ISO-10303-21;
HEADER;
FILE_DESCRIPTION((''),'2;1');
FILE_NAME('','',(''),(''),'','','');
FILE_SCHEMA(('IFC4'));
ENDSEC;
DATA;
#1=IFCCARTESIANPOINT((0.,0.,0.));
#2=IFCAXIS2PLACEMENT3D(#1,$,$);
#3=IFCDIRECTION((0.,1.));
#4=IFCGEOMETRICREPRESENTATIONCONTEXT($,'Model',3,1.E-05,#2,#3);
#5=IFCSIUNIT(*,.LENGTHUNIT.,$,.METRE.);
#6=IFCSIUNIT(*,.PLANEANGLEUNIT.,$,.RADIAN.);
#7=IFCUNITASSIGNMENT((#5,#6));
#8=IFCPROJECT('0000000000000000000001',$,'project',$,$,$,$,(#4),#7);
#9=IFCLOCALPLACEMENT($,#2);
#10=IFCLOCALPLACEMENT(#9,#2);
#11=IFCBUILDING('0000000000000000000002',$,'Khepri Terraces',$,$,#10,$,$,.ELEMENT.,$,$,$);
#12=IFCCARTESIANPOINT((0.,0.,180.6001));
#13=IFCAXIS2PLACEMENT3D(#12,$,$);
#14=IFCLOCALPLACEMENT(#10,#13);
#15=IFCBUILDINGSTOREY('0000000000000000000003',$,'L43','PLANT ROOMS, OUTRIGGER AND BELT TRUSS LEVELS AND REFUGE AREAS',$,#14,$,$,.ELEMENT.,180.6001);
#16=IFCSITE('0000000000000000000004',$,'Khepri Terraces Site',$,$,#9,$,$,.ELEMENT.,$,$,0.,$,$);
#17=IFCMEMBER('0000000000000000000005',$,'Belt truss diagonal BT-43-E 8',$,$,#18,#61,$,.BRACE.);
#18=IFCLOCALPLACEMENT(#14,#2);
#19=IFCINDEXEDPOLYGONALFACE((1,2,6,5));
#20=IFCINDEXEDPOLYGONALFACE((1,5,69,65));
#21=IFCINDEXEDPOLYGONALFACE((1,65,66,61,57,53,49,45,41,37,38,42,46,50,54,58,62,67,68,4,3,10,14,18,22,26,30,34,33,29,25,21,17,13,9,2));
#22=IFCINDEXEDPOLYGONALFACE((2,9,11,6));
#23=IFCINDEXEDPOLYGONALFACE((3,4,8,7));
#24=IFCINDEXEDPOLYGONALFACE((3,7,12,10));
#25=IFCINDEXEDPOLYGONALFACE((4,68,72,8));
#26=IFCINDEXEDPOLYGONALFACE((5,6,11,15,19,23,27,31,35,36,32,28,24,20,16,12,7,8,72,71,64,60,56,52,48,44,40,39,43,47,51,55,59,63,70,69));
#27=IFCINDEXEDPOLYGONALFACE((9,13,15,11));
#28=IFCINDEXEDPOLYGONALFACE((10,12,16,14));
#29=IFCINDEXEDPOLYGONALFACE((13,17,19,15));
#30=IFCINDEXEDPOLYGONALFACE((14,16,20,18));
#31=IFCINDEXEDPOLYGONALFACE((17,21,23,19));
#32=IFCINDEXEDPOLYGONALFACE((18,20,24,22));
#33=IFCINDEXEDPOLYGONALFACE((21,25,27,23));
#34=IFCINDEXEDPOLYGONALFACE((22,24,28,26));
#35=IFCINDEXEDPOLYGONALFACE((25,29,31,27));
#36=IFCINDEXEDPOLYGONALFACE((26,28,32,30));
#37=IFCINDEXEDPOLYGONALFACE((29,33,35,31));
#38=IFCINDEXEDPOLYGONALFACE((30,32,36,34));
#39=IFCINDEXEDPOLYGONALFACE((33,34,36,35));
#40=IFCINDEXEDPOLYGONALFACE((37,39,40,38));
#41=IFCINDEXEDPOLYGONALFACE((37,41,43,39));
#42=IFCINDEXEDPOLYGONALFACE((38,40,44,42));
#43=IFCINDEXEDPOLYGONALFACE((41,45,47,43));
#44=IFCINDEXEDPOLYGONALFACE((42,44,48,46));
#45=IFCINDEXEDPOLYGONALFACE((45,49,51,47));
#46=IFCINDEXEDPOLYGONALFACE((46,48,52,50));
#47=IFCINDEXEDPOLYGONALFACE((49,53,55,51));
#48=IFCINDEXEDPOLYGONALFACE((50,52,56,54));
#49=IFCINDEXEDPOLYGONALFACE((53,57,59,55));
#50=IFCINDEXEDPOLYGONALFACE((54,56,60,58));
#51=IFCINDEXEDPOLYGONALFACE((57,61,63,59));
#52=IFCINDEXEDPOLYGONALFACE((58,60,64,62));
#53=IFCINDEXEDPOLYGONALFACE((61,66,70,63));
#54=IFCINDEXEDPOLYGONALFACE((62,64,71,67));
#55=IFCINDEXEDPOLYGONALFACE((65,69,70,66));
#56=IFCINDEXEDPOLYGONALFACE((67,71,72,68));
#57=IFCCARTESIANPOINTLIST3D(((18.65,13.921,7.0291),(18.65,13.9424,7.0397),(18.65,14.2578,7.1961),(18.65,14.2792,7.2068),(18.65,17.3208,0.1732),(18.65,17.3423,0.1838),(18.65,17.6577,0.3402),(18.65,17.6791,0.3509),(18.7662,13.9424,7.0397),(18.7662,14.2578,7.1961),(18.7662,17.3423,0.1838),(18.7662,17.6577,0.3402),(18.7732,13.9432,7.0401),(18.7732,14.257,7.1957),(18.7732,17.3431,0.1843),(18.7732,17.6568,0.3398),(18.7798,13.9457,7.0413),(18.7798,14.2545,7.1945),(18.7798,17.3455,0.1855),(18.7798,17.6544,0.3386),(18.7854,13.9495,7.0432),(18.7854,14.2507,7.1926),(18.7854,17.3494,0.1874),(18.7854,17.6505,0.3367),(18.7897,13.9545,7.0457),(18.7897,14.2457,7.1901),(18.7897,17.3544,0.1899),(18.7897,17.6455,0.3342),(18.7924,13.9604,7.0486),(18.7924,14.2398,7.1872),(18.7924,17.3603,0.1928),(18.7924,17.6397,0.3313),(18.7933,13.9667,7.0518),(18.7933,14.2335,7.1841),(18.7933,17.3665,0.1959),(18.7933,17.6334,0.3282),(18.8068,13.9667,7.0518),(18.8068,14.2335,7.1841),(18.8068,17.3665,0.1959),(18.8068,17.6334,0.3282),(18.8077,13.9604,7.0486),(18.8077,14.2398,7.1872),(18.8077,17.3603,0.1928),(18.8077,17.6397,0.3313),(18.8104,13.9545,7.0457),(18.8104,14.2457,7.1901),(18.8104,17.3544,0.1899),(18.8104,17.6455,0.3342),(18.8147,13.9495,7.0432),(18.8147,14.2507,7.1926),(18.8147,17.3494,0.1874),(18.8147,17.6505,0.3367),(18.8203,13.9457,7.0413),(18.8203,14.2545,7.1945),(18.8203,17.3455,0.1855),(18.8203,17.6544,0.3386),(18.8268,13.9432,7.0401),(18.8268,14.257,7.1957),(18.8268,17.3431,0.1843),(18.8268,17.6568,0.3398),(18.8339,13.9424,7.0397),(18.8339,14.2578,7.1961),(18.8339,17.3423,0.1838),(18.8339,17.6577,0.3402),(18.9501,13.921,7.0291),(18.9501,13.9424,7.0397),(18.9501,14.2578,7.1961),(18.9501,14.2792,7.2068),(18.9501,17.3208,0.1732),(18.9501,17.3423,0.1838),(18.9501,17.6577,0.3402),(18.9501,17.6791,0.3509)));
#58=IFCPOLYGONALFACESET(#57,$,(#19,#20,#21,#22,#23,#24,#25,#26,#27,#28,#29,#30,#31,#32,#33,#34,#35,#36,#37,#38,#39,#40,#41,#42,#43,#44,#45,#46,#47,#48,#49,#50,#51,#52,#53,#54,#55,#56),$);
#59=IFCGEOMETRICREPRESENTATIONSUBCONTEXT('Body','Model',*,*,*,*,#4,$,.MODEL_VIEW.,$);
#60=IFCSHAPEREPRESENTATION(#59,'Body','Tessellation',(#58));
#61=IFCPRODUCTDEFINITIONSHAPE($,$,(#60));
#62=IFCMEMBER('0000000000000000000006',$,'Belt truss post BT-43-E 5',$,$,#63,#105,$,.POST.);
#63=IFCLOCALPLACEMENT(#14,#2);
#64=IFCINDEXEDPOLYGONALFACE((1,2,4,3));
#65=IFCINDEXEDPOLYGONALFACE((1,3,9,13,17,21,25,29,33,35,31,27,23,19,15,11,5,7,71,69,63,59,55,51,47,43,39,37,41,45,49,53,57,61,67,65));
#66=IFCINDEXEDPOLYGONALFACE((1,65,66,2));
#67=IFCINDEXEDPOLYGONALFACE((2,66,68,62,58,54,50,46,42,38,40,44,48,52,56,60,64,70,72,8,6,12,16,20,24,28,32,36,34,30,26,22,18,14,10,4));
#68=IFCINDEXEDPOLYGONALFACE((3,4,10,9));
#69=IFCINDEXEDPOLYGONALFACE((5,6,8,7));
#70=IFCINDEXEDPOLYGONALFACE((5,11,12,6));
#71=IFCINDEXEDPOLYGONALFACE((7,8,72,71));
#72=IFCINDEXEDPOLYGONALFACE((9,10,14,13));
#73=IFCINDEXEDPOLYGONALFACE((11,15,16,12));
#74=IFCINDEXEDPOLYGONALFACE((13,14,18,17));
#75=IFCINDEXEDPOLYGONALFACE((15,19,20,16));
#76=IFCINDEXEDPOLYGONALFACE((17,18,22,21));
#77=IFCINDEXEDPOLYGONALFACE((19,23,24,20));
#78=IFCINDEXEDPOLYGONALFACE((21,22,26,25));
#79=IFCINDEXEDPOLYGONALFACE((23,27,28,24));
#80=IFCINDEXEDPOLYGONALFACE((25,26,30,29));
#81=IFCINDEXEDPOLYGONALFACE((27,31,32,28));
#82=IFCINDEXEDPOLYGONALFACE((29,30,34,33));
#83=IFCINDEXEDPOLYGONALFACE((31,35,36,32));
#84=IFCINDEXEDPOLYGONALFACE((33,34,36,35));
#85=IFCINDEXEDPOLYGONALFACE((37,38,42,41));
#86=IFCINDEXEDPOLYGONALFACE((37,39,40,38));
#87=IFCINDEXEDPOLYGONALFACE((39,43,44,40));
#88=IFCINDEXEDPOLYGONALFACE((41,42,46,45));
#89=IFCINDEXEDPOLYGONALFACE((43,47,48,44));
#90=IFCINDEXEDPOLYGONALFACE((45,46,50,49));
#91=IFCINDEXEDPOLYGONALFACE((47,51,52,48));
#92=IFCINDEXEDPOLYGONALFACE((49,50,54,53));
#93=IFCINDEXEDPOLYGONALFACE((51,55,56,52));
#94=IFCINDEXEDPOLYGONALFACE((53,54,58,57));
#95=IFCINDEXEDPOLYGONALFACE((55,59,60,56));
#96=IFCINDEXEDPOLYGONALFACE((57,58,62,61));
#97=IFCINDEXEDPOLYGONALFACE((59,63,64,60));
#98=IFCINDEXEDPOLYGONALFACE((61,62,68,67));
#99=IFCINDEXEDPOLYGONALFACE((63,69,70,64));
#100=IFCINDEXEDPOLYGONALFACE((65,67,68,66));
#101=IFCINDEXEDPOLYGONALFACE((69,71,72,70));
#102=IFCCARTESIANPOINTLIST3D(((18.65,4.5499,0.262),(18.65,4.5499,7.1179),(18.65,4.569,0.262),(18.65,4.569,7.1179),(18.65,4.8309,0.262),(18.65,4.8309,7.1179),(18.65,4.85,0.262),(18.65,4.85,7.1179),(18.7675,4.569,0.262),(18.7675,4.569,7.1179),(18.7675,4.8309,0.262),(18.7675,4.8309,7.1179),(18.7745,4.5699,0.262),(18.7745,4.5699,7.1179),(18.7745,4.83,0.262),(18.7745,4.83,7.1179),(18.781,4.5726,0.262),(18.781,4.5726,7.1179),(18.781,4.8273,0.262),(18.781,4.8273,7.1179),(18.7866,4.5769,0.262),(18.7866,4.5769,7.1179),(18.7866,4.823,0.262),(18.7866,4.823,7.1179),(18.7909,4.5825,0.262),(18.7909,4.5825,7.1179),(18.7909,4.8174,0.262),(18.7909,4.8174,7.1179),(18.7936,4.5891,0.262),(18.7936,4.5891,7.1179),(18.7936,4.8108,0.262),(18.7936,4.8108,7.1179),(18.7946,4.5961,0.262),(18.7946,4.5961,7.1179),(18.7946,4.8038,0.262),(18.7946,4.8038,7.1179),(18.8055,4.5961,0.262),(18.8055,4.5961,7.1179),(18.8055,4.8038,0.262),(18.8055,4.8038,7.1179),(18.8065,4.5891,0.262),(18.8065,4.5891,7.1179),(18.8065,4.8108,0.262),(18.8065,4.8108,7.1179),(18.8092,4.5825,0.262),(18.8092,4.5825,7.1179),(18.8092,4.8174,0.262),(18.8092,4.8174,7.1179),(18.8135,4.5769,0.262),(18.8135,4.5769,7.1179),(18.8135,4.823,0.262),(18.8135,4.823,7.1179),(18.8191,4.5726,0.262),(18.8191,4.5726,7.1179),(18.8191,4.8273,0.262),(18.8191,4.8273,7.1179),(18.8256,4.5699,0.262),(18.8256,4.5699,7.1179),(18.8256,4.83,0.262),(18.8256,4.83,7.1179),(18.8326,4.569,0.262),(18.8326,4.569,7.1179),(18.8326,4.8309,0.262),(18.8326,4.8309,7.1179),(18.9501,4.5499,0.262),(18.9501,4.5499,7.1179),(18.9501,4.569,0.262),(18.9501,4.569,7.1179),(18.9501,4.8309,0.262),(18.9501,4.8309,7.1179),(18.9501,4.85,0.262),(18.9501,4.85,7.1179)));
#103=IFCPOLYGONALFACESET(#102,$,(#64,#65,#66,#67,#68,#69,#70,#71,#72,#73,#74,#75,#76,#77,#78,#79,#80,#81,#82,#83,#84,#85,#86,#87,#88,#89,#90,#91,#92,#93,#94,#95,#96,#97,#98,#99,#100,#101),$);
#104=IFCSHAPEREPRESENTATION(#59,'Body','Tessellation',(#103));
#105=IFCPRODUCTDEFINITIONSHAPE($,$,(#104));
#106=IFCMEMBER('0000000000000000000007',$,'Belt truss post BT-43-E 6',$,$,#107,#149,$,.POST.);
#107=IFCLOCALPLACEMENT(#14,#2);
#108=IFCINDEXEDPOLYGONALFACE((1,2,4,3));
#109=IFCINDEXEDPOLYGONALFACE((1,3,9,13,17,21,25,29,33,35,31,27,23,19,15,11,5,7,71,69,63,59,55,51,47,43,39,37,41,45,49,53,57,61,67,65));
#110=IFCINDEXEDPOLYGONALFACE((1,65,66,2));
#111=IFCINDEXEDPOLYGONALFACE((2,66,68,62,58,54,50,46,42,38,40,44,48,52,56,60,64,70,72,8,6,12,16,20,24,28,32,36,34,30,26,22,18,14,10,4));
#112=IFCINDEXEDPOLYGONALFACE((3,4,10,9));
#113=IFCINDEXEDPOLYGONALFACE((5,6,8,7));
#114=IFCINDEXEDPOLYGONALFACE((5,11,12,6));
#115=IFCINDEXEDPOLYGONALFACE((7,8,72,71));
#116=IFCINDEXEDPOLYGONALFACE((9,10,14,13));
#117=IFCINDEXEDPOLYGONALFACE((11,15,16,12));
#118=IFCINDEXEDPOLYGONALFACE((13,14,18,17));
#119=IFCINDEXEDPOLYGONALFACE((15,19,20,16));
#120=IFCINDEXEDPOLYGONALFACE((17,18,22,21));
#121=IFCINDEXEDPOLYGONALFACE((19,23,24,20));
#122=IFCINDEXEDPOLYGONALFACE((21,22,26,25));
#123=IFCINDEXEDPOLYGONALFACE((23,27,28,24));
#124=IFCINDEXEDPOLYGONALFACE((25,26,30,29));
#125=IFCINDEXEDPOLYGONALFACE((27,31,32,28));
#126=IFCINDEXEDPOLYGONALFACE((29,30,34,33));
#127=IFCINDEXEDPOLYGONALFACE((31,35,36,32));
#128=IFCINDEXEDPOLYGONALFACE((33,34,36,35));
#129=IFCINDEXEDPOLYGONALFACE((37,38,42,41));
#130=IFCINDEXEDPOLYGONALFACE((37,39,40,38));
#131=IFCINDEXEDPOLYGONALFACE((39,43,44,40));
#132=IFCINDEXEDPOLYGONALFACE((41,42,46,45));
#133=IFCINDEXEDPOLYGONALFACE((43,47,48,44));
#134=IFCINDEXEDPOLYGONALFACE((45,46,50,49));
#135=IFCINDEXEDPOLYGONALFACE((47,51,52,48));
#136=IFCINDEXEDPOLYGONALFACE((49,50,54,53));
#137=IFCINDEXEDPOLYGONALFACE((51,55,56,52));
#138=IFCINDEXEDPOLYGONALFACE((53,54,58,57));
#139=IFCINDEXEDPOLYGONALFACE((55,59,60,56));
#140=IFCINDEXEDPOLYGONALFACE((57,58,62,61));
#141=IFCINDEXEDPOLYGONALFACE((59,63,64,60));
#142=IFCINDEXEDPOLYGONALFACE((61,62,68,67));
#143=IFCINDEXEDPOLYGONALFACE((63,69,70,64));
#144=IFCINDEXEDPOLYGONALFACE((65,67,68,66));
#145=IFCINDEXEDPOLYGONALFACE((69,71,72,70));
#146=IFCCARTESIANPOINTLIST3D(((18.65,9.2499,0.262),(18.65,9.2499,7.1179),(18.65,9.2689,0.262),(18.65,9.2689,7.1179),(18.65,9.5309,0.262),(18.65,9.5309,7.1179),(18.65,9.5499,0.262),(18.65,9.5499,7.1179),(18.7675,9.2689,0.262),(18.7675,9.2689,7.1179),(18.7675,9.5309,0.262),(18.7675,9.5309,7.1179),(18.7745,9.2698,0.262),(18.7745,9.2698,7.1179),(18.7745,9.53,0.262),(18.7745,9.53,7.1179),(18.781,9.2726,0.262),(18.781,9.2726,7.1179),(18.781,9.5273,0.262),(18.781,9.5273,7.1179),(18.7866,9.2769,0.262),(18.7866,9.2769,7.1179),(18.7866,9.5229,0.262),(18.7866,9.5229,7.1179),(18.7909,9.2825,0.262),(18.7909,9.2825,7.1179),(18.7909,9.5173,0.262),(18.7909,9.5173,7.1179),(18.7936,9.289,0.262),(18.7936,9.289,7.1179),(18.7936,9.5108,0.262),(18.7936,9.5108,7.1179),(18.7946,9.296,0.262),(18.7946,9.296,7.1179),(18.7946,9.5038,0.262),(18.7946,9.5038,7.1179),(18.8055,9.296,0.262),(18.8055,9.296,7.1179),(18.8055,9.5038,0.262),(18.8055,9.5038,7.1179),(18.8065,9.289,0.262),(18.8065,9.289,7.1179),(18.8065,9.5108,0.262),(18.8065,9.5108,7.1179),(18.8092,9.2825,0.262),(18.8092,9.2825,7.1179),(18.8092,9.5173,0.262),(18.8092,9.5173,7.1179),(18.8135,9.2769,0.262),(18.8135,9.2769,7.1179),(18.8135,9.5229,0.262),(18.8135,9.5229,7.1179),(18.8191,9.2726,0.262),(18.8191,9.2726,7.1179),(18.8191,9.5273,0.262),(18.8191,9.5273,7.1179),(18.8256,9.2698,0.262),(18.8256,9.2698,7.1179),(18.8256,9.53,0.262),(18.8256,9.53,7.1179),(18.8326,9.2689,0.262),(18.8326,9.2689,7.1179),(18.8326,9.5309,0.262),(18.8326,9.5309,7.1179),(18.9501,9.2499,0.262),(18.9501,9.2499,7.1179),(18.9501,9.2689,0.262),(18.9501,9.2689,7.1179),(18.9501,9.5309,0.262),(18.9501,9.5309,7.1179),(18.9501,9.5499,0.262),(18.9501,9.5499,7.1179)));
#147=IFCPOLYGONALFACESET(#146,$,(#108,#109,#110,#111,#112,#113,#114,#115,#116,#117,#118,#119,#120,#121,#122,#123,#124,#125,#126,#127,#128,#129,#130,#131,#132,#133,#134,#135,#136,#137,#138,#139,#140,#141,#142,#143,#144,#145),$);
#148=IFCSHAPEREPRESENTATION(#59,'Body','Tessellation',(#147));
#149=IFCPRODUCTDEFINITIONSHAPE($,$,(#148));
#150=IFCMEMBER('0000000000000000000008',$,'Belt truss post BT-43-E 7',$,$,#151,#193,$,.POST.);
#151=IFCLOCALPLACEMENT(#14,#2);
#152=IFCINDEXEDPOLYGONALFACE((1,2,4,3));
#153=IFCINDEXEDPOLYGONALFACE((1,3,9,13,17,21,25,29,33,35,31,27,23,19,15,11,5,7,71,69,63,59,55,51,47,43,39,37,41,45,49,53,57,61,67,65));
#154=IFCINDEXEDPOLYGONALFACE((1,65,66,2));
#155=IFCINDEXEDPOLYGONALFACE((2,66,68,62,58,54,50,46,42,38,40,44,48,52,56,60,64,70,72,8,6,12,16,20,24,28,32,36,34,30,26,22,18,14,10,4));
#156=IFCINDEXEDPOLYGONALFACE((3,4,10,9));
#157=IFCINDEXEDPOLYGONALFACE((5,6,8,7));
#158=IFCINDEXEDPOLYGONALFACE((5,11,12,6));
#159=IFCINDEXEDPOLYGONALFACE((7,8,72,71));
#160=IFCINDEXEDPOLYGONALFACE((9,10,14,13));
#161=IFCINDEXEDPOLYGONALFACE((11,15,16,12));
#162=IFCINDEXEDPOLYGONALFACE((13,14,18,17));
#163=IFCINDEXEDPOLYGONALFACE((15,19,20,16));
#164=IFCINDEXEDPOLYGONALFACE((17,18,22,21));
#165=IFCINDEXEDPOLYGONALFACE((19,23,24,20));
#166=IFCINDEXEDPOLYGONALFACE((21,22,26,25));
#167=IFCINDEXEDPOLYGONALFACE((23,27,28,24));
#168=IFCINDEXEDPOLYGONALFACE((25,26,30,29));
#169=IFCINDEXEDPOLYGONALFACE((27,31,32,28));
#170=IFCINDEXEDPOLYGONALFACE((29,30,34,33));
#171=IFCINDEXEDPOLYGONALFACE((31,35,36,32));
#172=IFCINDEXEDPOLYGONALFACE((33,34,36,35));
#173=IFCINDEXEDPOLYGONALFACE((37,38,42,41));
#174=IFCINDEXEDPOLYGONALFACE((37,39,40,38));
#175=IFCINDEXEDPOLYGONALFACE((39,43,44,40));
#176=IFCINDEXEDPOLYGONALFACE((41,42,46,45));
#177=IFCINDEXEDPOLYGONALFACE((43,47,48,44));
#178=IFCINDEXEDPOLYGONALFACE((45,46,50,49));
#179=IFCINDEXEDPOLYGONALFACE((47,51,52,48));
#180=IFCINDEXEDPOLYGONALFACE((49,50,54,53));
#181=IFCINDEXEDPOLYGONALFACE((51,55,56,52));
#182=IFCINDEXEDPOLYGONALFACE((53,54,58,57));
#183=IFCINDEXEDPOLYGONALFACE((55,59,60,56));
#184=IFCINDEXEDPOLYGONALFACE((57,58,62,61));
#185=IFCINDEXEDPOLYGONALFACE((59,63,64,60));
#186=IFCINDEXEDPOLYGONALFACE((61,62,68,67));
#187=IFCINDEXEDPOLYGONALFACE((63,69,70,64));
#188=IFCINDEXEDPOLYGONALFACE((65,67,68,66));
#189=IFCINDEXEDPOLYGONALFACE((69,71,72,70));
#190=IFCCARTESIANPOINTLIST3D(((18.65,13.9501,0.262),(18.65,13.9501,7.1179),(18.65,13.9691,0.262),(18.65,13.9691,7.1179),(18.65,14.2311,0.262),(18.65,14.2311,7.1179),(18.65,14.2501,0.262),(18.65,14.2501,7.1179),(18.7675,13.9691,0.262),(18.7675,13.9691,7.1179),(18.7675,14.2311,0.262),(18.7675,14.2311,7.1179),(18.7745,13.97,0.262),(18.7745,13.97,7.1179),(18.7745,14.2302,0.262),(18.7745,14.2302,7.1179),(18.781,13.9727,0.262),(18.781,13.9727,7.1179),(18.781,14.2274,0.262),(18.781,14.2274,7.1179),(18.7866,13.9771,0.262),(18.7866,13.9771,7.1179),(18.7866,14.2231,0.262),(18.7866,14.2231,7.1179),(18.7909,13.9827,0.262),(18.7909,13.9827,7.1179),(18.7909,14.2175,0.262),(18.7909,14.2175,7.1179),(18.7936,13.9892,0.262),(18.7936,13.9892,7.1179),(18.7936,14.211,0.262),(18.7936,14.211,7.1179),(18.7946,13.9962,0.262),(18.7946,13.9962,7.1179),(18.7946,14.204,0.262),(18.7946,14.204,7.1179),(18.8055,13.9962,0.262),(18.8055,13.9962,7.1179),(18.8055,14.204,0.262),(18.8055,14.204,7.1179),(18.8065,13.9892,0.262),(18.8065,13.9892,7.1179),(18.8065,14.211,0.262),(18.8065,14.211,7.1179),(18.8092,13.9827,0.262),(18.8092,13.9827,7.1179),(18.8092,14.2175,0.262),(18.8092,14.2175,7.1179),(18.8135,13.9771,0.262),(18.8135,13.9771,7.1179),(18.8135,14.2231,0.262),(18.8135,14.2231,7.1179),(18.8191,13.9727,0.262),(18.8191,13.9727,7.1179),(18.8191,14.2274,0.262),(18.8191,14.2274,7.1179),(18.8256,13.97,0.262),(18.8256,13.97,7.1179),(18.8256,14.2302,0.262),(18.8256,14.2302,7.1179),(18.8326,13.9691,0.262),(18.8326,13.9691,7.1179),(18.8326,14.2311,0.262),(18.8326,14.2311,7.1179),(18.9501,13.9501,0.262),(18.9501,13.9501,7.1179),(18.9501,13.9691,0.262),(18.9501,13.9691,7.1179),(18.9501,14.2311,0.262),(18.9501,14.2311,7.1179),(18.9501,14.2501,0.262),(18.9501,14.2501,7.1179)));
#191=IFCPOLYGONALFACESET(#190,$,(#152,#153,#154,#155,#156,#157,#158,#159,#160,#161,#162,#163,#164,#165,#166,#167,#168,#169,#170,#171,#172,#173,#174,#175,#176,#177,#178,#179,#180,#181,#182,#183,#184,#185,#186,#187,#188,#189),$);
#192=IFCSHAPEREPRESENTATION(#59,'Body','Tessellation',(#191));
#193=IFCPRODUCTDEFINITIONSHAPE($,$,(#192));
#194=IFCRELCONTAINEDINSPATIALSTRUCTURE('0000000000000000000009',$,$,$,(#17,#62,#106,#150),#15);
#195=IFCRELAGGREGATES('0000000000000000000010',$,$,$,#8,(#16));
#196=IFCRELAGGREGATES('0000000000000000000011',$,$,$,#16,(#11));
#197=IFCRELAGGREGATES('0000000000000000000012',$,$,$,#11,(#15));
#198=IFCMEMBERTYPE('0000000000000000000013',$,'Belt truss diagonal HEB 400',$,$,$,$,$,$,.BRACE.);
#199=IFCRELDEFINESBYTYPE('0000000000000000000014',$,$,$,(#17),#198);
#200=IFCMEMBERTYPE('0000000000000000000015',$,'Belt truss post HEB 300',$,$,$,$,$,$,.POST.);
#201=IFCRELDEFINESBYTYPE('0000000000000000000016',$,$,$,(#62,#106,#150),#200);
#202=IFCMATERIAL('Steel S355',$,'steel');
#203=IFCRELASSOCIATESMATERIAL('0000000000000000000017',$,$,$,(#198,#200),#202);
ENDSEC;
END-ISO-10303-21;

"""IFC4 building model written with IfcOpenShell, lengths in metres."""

from ifc_helpers import new_model, si_unit, direction, frame, origin, origin_2d, place, context, subcontext, project, spatial, i_section, extrude, material, material_profile, profile_set, type_object, element, save


model = new_model("IFC4")

# Units and contexts
model_context = context("Model", 3, precision=1e-05, world=origin(), true_north=direction((0.0, 1.0)))
body_context = subcontext(model_context, "Body", "Model", "MODEL_VIEW")
ifc_project = project(units=[si_unit("LENGTHUNIT", "METRE"), si_unit("PLANEANGLEUNIT", "RADIAN")], contexts=[model_context])

# Site, building, storey
site_placement = place(None, origin())
site = spatial("IfcSite", under=ifc_project, at=site_placement, Name="Khepri Terraces Site", CompositionType="ELEMENT", RefElevation=0.0)
building_placement = place(site_placement, origin())
building = spatial("IfcBuilding", under=site, at=building_placement, Name="Khepri Terraces", CompositionType="ELEMENT")
storey_placement = place(building_placement, frame((0.0, 0.0, 180.6001)))
storey = spatial("IfcBuildingStorey", under=building, at=storey_placement, Name="L43", Description="PLANT ROOMS, OUTRIGGER AND BELT TRUSS LEVELS AND REFUGE AREAS", CompositionType="ELEMENT", Elevation=180.6001)

# Members
ifc_material_1 = material(Name="Steel S355", Category="steel")
ifc_material_profile_1 = material_profile(ifc_material_1, i_section(OverallWidth=0.3, OverallDepth=0.3999, WebThickness=0.0134, FlangeThickness=0.0239, FilletRadius=0.0271, at=origin_2d()), Name="Steel S355", Category="steel")
ifc_profile_set_1 = profile_set([ifc_material_profile_1], Name="Steel S355")
member_type_1 = type_object("IfcMemberType", Name="Belt truss diagonal HEB 400", PredefinedType="BRACE", material=ifc_profile_set_1)
member_1_placement = place(storey_placement, frame((18.8, 14.1001, 7.1179), z_axis=(0.0, 0.444276, -0.89589), x_axis=(-1.0, 0.0, 0.0)))
element("IfcMember", 1, at=member_1_placement, inside=storey, type_object=member_type_1, Name="Belt truss diagonal BT-43-E 8", PredefinedType="BRACE", context=body_context, shape_type="SweptSolid", body=[
    extrude(i_section(OverallWidth=0.3, OverallDepth=0.3999, WebThickness=0.0134, FlangeThickness=0.0239, FilletRadius=0.0271, at=origin_2d()), origin(), (0.0, 0.0, 1.0), 7.6526),
])
ifc_material_profile_2 = material_profile(ifc_material_1, i_section(OverallWidth=0.3, OverallDepth=0.3, WebThickness=0.011, FlangeThickness=0.019, FilletRadius=0.0271, at=origin_2d()), Name="Steel S355", Category="steel")
ifc_profile_set_2 = profile_set([ifc_material_profile_2], Name="Steel S355")
member_type_2 = type_object("IfcMemberType", Name="Belt truss post HEB 300", PredefinedType="POST", material=ifc_profile_set_2)
for number, where, z_axis, x_axis, name in (
    (2, (18.8, 4.7, 0.262), (0.0, 0.0, 1.0), (1.0, 0.0, 0.0), "Belt truss post BT-43-E 5"),
    (3, (18.8, 9.3999, 0.262), (0.0, 0.0, 1.0), (1.0, 0.0, 0.0), "Belt truss post BT-43-E 6"),
    (4, (18.8, 14.1001, 0.262), (0.0, 0.0, 1.0), (1.0, 0.0, 0.0), "Belt truss post BT-43-E 7"),
):
    element("IfcMember", number, at=place(storey_placement, frame(where, z_axis=z_axis, x_axis=x_axis)), inside=storey, type_object=member_type_2, Name=name, PredefinedType="POST", context=body_context, shape_type="SweptSolid", body=[
        extrude(i_section(OverallWidth=0.3, OverallDepth=0.3, WebThickness=0.011, FlangeThickness=0.019, FilletRadius=0.0271, at=origin_2d()), origin(), (0.0, 0.0, 1.0), 6.856),
    ])

save(model, "model.ifc")
